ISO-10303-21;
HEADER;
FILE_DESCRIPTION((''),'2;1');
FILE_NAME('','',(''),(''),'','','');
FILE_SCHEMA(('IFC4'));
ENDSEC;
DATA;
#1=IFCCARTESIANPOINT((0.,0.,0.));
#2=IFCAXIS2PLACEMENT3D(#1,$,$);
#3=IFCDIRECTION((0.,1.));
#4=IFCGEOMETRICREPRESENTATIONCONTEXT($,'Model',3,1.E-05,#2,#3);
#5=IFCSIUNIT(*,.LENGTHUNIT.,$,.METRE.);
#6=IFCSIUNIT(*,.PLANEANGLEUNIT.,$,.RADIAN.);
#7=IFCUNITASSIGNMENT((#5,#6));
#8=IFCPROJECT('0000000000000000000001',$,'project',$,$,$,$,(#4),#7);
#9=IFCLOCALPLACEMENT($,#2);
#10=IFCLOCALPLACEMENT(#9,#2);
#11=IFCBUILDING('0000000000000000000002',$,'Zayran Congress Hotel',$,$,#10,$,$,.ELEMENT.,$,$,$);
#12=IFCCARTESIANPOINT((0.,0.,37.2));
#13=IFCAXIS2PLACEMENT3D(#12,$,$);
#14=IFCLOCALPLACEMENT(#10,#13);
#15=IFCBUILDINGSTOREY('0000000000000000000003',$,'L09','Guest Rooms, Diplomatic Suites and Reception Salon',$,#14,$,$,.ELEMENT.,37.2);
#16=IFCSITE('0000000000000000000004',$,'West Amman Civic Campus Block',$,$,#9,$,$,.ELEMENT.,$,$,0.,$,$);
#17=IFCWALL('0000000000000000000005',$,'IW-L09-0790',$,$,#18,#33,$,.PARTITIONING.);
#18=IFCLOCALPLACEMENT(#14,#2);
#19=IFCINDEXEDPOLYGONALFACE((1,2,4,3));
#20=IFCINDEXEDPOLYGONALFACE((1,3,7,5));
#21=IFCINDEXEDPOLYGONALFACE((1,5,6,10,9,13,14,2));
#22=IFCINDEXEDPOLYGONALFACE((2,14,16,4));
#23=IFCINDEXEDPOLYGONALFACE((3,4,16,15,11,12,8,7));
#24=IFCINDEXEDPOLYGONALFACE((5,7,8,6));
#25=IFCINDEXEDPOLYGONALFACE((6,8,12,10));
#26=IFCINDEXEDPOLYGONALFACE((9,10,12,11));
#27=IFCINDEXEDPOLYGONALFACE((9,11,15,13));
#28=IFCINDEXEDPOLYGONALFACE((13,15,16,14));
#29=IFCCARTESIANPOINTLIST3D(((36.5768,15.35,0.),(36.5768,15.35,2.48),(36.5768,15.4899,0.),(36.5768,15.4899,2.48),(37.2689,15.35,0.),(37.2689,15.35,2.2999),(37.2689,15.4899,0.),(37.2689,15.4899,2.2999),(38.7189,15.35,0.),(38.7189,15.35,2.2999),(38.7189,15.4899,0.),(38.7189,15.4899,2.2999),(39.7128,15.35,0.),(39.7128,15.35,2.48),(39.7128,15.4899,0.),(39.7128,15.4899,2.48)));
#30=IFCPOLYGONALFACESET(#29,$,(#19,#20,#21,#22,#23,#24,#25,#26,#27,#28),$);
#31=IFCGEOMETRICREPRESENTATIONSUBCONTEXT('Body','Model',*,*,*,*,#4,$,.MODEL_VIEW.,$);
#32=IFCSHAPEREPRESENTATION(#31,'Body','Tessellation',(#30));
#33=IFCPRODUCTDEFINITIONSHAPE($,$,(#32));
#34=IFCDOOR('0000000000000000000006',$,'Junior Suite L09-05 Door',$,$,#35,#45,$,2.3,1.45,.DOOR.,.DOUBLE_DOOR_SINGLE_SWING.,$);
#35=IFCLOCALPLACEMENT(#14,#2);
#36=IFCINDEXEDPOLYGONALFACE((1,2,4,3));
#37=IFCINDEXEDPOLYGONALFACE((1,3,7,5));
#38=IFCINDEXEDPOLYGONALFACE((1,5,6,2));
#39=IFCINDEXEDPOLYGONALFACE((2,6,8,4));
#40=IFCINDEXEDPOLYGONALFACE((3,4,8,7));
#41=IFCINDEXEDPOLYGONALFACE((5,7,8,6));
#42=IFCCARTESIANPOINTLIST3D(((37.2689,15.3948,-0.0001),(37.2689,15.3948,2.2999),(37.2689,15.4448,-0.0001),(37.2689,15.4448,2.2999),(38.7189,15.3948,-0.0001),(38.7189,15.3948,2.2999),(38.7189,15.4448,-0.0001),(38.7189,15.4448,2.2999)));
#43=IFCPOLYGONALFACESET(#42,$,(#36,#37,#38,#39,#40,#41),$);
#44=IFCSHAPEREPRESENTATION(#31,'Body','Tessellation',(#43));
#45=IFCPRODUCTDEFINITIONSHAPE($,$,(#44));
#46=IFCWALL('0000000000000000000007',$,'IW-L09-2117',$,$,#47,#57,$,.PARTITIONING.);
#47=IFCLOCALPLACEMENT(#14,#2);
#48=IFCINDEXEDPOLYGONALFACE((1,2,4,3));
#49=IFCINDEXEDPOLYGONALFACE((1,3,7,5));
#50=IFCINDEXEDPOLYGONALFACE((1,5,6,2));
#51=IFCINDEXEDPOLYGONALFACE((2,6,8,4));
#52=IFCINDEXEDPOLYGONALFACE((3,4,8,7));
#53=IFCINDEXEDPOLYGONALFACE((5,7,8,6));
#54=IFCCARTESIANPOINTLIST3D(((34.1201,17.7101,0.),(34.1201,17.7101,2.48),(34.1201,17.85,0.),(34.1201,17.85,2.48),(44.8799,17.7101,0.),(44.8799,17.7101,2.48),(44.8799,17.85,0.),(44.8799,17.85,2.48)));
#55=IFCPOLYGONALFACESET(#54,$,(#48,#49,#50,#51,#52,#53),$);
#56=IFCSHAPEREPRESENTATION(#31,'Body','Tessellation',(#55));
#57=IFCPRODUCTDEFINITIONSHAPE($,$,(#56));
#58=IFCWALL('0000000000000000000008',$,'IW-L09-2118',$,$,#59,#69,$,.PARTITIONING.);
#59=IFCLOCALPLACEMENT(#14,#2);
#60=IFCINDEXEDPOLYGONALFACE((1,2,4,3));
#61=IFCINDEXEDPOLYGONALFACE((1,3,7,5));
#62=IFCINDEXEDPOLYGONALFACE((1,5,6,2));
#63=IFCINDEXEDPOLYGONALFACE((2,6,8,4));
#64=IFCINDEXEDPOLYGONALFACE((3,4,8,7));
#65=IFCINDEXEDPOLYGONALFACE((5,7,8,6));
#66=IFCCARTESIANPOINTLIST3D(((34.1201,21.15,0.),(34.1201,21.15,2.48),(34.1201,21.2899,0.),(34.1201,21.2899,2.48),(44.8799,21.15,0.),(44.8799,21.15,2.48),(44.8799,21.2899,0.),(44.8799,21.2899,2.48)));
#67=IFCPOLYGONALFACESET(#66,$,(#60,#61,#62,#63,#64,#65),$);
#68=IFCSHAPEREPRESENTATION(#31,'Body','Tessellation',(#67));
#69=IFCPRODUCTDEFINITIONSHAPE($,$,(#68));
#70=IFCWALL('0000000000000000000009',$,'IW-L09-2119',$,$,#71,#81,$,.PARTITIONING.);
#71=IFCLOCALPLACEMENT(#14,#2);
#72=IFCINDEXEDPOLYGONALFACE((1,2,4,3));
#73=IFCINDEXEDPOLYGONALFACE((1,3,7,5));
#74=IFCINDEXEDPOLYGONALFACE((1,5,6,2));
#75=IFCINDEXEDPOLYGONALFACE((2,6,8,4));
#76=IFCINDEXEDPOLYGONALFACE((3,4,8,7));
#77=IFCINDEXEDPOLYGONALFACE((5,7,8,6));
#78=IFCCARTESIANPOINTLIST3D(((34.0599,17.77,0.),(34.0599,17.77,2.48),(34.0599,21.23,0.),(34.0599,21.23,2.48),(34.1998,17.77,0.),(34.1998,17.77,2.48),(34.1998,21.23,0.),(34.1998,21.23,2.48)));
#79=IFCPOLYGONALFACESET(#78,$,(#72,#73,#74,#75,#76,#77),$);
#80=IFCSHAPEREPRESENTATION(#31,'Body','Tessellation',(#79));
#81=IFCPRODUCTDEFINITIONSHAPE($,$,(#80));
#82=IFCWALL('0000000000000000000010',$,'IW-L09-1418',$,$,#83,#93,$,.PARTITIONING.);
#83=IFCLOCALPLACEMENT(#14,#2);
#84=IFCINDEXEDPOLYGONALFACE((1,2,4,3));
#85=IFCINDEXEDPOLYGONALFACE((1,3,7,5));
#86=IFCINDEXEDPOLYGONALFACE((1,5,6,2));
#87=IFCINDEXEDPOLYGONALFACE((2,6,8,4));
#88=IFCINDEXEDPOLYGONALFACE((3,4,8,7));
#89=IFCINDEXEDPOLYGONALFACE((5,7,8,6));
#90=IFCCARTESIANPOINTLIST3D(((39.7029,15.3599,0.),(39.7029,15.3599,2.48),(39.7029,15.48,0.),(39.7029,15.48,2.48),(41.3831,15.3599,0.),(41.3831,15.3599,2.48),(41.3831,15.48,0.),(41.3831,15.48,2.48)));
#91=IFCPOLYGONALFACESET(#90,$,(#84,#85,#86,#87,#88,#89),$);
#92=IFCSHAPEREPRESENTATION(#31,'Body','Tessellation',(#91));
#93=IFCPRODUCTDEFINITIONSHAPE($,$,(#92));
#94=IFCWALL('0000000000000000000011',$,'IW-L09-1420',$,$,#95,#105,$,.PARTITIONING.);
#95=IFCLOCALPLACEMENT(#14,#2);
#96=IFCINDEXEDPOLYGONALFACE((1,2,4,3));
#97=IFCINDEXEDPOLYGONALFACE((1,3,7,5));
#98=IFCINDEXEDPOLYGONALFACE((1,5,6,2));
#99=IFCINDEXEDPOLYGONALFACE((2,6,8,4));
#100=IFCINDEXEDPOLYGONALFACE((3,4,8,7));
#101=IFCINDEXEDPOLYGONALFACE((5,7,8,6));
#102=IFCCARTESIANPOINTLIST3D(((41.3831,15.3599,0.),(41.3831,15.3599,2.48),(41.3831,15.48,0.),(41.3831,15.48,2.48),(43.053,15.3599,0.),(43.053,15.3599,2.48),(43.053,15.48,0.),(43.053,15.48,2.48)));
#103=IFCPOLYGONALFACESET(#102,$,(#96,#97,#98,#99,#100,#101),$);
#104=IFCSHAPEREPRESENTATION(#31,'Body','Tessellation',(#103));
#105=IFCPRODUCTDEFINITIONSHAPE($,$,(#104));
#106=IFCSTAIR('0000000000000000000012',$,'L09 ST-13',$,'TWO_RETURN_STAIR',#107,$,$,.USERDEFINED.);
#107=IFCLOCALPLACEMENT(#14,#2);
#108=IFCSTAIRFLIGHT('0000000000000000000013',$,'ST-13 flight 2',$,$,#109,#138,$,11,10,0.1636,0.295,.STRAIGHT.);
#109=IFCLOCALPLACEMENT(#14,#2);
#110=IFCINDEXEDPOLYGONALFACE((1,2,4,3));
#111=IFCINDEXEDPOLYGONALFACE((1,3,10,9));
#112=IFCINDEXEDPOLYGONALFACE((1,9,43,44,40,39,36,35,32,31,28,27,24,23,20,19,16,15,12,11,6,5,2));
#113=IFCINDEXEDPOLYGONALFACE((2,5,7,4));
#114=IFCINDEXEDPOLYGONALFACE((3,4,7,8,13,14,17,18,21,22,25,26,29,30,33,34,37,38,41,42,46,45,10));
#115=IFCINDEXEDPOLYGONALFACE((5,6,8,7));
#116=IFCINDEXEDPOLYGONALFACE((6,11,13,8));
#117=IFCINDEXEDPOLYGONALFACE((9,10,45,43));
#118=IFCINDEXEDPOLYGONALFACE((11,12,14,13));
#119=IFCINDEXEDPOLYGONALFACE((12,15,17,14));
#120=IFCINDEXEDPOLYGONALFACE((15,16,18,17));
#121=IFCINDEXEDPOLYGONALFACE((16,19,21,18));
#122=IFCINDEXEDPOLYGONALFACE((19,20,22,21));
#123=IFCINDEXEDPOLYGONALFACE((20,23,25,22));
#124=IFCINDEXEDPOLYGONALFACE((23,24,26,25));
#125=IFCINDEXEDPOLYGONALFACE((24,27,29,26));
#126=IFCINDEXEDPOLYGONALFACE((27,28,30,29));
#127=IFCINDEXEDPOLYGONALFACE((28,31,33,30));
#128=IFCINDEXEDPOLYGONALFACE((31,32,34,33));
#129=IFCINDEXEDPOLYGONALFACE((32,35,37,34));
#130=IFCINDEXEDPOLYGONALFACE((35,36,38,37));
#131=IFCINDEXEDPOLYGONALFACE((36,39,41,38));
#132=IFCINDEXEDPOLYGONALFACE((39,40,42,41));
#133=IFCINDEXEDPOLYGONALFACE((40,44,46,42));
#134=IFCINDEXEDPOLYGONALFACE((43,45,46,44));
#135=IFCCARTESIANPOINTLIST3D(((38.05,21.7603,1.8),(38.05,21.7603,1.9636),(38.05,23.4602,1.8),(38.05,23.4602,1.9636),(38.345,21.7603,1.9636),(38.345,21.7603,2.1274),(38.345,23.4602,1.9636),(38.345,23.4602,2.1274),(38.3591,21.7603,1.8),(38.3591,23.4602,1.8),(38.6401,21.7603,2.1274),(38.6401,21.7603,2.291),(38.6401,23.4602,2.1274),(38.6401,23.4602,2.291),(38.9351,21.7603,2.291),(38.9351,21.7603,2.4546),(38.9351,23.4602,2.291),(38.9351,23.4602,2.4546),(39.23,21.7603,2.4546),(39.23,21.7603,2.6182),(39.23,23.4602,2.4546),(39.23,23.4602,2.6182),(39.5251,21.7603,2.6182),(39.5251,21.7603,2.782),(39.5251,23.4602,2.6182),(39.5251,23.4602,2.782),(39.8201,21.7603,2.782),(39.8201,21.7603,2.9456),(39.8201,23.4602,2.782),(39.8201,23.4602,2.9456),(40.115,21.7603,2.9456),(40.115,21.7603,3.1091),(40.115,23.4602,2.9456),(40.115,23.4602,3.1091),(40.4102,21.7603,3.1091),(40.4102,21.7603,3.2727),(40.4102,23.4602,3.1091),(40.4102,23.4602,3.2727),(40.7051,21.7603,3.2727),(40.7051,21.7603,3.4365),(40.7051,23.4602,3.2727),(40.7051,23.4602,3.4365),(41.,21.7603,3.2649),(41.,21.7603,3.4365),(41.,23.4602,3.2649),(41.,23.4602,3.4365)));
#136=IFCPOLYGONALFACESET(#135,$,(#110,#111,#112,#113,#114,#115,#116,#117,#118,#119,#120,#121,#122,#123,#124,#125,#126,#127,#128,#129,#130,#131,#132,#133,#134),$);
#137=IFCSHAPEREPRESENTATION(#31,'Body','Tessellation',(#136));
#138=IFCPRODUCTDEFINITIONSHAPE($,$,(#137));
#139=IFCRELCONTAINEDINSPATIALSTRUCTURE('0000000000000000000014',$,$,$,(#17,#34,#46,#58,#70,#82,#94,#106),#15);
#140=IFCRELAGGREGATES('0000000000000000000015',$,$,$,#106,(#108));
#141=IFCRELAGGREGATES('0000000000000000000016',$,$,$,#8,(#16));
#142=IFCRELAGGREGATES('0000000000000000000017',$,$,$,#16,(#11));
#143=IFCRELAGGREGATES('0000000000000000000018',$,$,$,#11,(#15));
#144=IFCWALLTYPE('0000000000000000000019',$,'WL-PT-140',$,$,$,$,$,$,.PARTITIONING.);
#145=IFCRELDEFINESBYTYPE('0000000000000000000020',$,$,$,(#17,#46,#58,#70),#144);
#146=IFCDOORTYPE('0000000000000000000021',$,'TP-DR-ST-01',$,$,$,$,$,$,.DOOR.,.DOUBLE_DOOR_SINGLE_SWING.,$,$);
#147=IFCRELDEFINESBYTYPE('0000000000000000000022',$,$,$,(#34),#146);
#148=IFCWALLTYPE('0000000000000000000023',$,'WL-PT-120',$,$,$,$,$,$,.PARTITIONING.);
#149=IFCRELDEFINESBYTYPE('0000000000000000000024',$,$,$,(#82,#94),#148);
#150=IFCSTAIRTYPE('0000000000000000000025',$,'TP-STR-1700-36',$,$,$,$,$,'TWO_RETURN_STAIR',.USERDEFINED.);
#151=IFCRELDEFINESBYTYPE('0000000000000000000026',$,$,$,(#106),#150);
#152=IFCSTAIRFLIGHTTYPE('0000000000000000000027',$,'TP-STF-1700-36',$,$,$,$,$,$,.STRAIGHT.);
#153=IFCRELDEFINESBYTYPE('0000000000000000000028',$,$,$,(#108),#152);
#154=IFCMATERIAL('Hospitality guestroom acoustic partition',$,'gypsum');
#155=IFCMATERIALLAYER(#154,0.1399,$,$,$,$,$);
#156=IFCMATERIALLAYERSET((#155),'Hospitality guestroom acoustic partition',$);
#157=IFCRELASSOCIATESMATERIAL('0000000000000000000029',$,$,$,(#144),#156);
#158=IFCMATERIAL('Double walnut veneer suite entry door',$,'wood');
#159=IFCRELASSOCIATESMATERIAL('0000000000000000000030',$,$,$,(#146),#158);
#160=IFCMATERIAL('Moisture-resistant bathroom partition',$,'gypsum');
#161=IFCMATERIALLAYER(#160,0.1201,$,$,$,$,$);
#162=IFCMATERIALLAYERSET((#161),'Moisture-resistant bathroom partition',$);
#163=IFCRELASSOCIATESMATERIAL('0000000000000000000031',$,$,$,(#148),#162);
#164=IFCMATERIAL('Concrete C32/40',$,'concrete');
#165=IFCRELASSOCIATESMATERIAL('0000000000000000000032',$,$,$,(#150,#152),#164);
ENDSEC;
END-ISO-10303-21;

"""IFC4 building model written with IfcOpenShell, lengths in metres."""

from ifc_helpers import new_model, si_unit, direction, frame, frame_2d, origin, place, context, subcontext, project, spatial, polyline, rectangle, outline, extrude, material, layer, layer_set, type_object, element, fill, aggregate, save


model = new_model("IFC4")

# Units and contexts
model_context = context("Model", 3, precision=1e-05, world=origin(), true_north=direction((0.0, 1.0)))
body_context = subcontext(model_context, "Body", "Model", "MODEL_VIEW")
ifc_project = project(units=[si_unit("LENGTHUNIT", "METRE"), si_unit("PLANEANGLEUNIT", "RADIAN")], contexts=[model_context])

# Site, building, storey
site_placement = place(None, origin())
site = spatial("IfcSite", under=ifc_project, at=site_placement, Name="West Amman Civic Campus Block", CompositionType="ELEMENT", RefElevation=0.0)
building_placement = place(site_placement, origin())
building = spatial("IfcBuilding", under=site, at=building_placement, Name="Zayran Congress Hotel", CompositionType="ELEMENT")
storey_placement = place(building_placement, frame((0.0, 0.0, 37.2)))
storey = spatial("IfcBuildingStorey", under=building, at=storey_placement, Name="L09", Description="Guest Rooms, Diplomatic Suites and Reception Salon", CompositionType="ELEMENT", Elevation=37.2)

# Shared definitions
ifc_material_1 = material(Name="Hospitality guestroom acoustic partition", Category="gypsum")
ifc_layer_1 = layer(ifc_material_1, 0.1399)
ifc_layer_set_1 = layer_set([ifc_layer_1], Name="Hospitality guestroom acoustic partition")
wall_type_1 = type_object("IfcWallType", Name="WL-PT-140", PredefinedType="PARTITIONING", material=ifc_layer_set_1)

# Wall, opening, door
wall_1_placement = place(storey_placement, frame((36.5769, 15.4199, 0.0), z_axis=(0.0, 0.0, 1.0), x_axis=(1.0, 0.0, 0.0)))
wall_1 = element("IfcWall", 1, at=wall_1_placement, inside=storey, type_object=wall_type_1, Name="IW-L09-0790", PredefinedType="PARTITIONING", context=body_context, shape_type="SweptSolid", body=[
    extrude(rectangle(XDim=3.136, YDim=0.1399, at=frame_2d((1.5679, 0.0))), origin(), (0.0, 0.0, 1.0), 2.48),
])
opening_1_placement = place(wall_1_placement, frame((0.6919, 0.0, 0.0)))
opening_1 = element("IfcOpeningElement", 2, at=opening_1_placement, cuts=wall_1, PredefinedType="OPENING", context=body_context, shape_type="SweptSolid", body=[
    extrude(rectangle(XDim=1.45, YDim=2.3, at=frame_2d((0.7251, 1.1499))), frame((0.0, 0.0798, 0.0), z_axis=(0.0, -1.0, 0.0), x_axis=(1.0, 0.0, 0.0)), (0.0, 0.0, 1.0), 0.1599),
])
ifc_material_2 = material(Name="Double walnut veneer suite entry door", Category="wood")
door_type_1 = type_object("IfcDoorType", Name="TP-DR-ST-01", OperationType="DOUBLE_DOOR_SINGLE_SWING", PredefinedType="DOOR", material=ifc_material_2)
door_1_placement = place(opening_1_placement, origin())
door_1 = element("IfcDoor", 3, at=door_1_placement, inside=storey, type_object=door_type_1, Name="Junior Suite L09-05 Door", OperationType="DOUBLE_DOOR_SINGLE_SWING", OverallHeight=2.3, OverallWidth=1.45, PredefinedType="DOOR", context=body_context, shape_type="SweptSolid", body=[
    extrude(rectangle(XDim=1.45, YDim=2.3, at=frame_2d((0.7251, 1.1499))), frame((0.0, 0.0249, 0.0), z_axis=(0.0, -1.0, 0.0), x_axis=(1.0, 0.0, 0.0)), (0.0, 0.0, 1.0), 0.05),
])
fill(opening_1, door_1)

# Walls
for number, where, z_axis, x_axis, name in (
    (4, (34.1201, 17.78, 0.0), (0.0, 0.0, 1.0), (1.0, 0.0, 0.0), "IW-L09-2117"),
    (5, (34.1201, 21.22, 0.0), (0.0, 0.0, 1.0), (1.0, 0.0, 0.0), "IW-L09-2118"),
):
    element("IfcWall", number, at=place(storey_placement, frame(where, z_axis=z_axis, x_axis=x_axis)), inside=storey, type_object=wall_type_1, Name=name, PredefinedType="PARTITIONING", context=body_context, shape_type="SweptSolid", body=[
        extrude(rectangle(XDim=10.7598, YDim=0.1399, at=frame_2d((5.3799, 0.0))), origin(), (0.0, 0.0, 1.0), 2.48),
    ])
wall_2_placement = place(storey_placement, frame((34.1299, 17.77, 0.0), z_axis=(0.0, 0.0, 1.0), x_axis=(0.0, 1.0, 0.0)))
element("IfcWall", 6, at=wall_2_placement, inside=storey, type_object=wall_type_1, Name="IW-L09-2119", PredefinedType="PARTITIONING", context=body_context, shape_type="SweptSolid", body=[
    extrude(rectangle(XDim=3.46, YDim=0.1399, at=frame_2d((1.73, 0.0))), origin(), (0.0, 0.0, 1.0), 2.48),
])
ifc_material_3 = material(Name="Moisture-resistant bathroom partition", Category="gypsum")
ifc_layer_2 = layer(ifc_material_3, 0.1201)
ifc_layer_set_2 = layer_set([ifc_layer_2], Name="Moisture-resistant bathroom partition")
wall_type_2 = type_object("IfcWallType", Name="WL-PT-120", PredefinedType="PARTITIONING", material=ifc_layer_set_2)
wall_3_placement = place(storey_placement, frame((39.7029, 15.4199, 0.0), z_axis=(0.0, 0.0, 1.0), x_axis=(1.0, 0.0, 0.0)))
element("IfcWall", 7, at=wall_3_placement, inside=storey, type_object=wall_type_2, Name="IW-L09-1418", PredefinedType="PARTITIONING", context=body_context, shape_type="SweptSolid", body=[
    extrude(rectangle(XDim=1.6802, YDim=0.1201, at=frame_2d((0.8401, 0.0))), origin(), (0.0, 0.0, 1.0), 2.48),
])
wall_4_placement = place(storey_placement, frame((41.3831, 15.4199, 0.0), z_axis=(0.0, 0.0, 1.0), x_axis=(1.0, 0.0, 0.0)))
element("IfcWall", 8, at=wall_4_placement, inside=storey, type_object=wall_type_2, Name="IW-L09-1420", PredefinedType="PARTITIONING", context=body_context, shape_type="SweptSolid", body=[
    extrude(rectangle(XDim=1.6699, YDim=0.1201, at=frame_2d((0.835, 0.0))), origin(), (0.0, 0.0, 1.0), 2.48),
])

# Stair, stair flight
ifc_material_4 = material(Name="Concrete C32/40", Category="concrete")
stair_type = type_object("IfcStairType", Name="TP-STR-1700-36", ElementType="TWO_RETURN_STAIR", PredefinedType="USERDEFINED", material=ifc_material_4)
stair_placement = place(storey_placement, origin())
stair = element("IfcStair", 9, at=stair_placement, inside=storey, type_object=stair_type, Name="L09 ST-13", ObjectType="TWO_RETURN_STAIR", PredefinedType="USERDEFINED")
stair_flight_type = type_object("IfcStairFlightType", Name="TP-STF-1700-36", PredefinedType="STRAIGHT", material=ifc_material_4)
stair_flight_placement = place(storey_placement, frame((38.05, 22.6101, 1.8), z_axis=(0.0, 0.0, 1.0), x_axis=(1.0, 0.0, 0.0)))
stair_flight = element("IfcStairFlight", 10, at=stair_flight_placement, type_object=stair_flight_type, Name="ST-13 flight 2", NumberOfRisers=11, NumberOfTreads=10, PredefinedType="STRAIGHT", RiserHeight=0.1636, TreadLength=0.295, context=body_context, shape_type="SweptSolid", body=[
    extrude(outline(polyline([(0.0, 0.0), (0.0, 0.1636), (0.2949, 0.1636), (0.2949, 0.3274), (0.5901, 0.3274), (0.5901, 0.491), (0.885, 0.491), (0.885, 0.6545), (1.1799, 0.6545), (1.1799, 0.8181), (1.4751, 0.8181), (1.4751, 0.9819), (1.77, 0.9819), (1.77, 1.1455), (2.0649, 1.1455), (2.0649, 1.3091), (2.3601, 1.3091), (2.3601, 1.4727), (2.655, 1.4727), (2.655, 1.6365), (2.95, 1.6365), (2.95, 1.8), (2.95, 1.4648), (0.3091, 0.0), (0.0, 0.0)])), frame((0.0, 0.8501, 0.0), z_axis=(0.0, -1.0, 0.0), x_axis=(1.0, 0.0, 0.0)), (0.0, 0.0, 1.0), 1.7),
])
aggregate(stair, [stair_flight])

save(model, "model.ifc")
